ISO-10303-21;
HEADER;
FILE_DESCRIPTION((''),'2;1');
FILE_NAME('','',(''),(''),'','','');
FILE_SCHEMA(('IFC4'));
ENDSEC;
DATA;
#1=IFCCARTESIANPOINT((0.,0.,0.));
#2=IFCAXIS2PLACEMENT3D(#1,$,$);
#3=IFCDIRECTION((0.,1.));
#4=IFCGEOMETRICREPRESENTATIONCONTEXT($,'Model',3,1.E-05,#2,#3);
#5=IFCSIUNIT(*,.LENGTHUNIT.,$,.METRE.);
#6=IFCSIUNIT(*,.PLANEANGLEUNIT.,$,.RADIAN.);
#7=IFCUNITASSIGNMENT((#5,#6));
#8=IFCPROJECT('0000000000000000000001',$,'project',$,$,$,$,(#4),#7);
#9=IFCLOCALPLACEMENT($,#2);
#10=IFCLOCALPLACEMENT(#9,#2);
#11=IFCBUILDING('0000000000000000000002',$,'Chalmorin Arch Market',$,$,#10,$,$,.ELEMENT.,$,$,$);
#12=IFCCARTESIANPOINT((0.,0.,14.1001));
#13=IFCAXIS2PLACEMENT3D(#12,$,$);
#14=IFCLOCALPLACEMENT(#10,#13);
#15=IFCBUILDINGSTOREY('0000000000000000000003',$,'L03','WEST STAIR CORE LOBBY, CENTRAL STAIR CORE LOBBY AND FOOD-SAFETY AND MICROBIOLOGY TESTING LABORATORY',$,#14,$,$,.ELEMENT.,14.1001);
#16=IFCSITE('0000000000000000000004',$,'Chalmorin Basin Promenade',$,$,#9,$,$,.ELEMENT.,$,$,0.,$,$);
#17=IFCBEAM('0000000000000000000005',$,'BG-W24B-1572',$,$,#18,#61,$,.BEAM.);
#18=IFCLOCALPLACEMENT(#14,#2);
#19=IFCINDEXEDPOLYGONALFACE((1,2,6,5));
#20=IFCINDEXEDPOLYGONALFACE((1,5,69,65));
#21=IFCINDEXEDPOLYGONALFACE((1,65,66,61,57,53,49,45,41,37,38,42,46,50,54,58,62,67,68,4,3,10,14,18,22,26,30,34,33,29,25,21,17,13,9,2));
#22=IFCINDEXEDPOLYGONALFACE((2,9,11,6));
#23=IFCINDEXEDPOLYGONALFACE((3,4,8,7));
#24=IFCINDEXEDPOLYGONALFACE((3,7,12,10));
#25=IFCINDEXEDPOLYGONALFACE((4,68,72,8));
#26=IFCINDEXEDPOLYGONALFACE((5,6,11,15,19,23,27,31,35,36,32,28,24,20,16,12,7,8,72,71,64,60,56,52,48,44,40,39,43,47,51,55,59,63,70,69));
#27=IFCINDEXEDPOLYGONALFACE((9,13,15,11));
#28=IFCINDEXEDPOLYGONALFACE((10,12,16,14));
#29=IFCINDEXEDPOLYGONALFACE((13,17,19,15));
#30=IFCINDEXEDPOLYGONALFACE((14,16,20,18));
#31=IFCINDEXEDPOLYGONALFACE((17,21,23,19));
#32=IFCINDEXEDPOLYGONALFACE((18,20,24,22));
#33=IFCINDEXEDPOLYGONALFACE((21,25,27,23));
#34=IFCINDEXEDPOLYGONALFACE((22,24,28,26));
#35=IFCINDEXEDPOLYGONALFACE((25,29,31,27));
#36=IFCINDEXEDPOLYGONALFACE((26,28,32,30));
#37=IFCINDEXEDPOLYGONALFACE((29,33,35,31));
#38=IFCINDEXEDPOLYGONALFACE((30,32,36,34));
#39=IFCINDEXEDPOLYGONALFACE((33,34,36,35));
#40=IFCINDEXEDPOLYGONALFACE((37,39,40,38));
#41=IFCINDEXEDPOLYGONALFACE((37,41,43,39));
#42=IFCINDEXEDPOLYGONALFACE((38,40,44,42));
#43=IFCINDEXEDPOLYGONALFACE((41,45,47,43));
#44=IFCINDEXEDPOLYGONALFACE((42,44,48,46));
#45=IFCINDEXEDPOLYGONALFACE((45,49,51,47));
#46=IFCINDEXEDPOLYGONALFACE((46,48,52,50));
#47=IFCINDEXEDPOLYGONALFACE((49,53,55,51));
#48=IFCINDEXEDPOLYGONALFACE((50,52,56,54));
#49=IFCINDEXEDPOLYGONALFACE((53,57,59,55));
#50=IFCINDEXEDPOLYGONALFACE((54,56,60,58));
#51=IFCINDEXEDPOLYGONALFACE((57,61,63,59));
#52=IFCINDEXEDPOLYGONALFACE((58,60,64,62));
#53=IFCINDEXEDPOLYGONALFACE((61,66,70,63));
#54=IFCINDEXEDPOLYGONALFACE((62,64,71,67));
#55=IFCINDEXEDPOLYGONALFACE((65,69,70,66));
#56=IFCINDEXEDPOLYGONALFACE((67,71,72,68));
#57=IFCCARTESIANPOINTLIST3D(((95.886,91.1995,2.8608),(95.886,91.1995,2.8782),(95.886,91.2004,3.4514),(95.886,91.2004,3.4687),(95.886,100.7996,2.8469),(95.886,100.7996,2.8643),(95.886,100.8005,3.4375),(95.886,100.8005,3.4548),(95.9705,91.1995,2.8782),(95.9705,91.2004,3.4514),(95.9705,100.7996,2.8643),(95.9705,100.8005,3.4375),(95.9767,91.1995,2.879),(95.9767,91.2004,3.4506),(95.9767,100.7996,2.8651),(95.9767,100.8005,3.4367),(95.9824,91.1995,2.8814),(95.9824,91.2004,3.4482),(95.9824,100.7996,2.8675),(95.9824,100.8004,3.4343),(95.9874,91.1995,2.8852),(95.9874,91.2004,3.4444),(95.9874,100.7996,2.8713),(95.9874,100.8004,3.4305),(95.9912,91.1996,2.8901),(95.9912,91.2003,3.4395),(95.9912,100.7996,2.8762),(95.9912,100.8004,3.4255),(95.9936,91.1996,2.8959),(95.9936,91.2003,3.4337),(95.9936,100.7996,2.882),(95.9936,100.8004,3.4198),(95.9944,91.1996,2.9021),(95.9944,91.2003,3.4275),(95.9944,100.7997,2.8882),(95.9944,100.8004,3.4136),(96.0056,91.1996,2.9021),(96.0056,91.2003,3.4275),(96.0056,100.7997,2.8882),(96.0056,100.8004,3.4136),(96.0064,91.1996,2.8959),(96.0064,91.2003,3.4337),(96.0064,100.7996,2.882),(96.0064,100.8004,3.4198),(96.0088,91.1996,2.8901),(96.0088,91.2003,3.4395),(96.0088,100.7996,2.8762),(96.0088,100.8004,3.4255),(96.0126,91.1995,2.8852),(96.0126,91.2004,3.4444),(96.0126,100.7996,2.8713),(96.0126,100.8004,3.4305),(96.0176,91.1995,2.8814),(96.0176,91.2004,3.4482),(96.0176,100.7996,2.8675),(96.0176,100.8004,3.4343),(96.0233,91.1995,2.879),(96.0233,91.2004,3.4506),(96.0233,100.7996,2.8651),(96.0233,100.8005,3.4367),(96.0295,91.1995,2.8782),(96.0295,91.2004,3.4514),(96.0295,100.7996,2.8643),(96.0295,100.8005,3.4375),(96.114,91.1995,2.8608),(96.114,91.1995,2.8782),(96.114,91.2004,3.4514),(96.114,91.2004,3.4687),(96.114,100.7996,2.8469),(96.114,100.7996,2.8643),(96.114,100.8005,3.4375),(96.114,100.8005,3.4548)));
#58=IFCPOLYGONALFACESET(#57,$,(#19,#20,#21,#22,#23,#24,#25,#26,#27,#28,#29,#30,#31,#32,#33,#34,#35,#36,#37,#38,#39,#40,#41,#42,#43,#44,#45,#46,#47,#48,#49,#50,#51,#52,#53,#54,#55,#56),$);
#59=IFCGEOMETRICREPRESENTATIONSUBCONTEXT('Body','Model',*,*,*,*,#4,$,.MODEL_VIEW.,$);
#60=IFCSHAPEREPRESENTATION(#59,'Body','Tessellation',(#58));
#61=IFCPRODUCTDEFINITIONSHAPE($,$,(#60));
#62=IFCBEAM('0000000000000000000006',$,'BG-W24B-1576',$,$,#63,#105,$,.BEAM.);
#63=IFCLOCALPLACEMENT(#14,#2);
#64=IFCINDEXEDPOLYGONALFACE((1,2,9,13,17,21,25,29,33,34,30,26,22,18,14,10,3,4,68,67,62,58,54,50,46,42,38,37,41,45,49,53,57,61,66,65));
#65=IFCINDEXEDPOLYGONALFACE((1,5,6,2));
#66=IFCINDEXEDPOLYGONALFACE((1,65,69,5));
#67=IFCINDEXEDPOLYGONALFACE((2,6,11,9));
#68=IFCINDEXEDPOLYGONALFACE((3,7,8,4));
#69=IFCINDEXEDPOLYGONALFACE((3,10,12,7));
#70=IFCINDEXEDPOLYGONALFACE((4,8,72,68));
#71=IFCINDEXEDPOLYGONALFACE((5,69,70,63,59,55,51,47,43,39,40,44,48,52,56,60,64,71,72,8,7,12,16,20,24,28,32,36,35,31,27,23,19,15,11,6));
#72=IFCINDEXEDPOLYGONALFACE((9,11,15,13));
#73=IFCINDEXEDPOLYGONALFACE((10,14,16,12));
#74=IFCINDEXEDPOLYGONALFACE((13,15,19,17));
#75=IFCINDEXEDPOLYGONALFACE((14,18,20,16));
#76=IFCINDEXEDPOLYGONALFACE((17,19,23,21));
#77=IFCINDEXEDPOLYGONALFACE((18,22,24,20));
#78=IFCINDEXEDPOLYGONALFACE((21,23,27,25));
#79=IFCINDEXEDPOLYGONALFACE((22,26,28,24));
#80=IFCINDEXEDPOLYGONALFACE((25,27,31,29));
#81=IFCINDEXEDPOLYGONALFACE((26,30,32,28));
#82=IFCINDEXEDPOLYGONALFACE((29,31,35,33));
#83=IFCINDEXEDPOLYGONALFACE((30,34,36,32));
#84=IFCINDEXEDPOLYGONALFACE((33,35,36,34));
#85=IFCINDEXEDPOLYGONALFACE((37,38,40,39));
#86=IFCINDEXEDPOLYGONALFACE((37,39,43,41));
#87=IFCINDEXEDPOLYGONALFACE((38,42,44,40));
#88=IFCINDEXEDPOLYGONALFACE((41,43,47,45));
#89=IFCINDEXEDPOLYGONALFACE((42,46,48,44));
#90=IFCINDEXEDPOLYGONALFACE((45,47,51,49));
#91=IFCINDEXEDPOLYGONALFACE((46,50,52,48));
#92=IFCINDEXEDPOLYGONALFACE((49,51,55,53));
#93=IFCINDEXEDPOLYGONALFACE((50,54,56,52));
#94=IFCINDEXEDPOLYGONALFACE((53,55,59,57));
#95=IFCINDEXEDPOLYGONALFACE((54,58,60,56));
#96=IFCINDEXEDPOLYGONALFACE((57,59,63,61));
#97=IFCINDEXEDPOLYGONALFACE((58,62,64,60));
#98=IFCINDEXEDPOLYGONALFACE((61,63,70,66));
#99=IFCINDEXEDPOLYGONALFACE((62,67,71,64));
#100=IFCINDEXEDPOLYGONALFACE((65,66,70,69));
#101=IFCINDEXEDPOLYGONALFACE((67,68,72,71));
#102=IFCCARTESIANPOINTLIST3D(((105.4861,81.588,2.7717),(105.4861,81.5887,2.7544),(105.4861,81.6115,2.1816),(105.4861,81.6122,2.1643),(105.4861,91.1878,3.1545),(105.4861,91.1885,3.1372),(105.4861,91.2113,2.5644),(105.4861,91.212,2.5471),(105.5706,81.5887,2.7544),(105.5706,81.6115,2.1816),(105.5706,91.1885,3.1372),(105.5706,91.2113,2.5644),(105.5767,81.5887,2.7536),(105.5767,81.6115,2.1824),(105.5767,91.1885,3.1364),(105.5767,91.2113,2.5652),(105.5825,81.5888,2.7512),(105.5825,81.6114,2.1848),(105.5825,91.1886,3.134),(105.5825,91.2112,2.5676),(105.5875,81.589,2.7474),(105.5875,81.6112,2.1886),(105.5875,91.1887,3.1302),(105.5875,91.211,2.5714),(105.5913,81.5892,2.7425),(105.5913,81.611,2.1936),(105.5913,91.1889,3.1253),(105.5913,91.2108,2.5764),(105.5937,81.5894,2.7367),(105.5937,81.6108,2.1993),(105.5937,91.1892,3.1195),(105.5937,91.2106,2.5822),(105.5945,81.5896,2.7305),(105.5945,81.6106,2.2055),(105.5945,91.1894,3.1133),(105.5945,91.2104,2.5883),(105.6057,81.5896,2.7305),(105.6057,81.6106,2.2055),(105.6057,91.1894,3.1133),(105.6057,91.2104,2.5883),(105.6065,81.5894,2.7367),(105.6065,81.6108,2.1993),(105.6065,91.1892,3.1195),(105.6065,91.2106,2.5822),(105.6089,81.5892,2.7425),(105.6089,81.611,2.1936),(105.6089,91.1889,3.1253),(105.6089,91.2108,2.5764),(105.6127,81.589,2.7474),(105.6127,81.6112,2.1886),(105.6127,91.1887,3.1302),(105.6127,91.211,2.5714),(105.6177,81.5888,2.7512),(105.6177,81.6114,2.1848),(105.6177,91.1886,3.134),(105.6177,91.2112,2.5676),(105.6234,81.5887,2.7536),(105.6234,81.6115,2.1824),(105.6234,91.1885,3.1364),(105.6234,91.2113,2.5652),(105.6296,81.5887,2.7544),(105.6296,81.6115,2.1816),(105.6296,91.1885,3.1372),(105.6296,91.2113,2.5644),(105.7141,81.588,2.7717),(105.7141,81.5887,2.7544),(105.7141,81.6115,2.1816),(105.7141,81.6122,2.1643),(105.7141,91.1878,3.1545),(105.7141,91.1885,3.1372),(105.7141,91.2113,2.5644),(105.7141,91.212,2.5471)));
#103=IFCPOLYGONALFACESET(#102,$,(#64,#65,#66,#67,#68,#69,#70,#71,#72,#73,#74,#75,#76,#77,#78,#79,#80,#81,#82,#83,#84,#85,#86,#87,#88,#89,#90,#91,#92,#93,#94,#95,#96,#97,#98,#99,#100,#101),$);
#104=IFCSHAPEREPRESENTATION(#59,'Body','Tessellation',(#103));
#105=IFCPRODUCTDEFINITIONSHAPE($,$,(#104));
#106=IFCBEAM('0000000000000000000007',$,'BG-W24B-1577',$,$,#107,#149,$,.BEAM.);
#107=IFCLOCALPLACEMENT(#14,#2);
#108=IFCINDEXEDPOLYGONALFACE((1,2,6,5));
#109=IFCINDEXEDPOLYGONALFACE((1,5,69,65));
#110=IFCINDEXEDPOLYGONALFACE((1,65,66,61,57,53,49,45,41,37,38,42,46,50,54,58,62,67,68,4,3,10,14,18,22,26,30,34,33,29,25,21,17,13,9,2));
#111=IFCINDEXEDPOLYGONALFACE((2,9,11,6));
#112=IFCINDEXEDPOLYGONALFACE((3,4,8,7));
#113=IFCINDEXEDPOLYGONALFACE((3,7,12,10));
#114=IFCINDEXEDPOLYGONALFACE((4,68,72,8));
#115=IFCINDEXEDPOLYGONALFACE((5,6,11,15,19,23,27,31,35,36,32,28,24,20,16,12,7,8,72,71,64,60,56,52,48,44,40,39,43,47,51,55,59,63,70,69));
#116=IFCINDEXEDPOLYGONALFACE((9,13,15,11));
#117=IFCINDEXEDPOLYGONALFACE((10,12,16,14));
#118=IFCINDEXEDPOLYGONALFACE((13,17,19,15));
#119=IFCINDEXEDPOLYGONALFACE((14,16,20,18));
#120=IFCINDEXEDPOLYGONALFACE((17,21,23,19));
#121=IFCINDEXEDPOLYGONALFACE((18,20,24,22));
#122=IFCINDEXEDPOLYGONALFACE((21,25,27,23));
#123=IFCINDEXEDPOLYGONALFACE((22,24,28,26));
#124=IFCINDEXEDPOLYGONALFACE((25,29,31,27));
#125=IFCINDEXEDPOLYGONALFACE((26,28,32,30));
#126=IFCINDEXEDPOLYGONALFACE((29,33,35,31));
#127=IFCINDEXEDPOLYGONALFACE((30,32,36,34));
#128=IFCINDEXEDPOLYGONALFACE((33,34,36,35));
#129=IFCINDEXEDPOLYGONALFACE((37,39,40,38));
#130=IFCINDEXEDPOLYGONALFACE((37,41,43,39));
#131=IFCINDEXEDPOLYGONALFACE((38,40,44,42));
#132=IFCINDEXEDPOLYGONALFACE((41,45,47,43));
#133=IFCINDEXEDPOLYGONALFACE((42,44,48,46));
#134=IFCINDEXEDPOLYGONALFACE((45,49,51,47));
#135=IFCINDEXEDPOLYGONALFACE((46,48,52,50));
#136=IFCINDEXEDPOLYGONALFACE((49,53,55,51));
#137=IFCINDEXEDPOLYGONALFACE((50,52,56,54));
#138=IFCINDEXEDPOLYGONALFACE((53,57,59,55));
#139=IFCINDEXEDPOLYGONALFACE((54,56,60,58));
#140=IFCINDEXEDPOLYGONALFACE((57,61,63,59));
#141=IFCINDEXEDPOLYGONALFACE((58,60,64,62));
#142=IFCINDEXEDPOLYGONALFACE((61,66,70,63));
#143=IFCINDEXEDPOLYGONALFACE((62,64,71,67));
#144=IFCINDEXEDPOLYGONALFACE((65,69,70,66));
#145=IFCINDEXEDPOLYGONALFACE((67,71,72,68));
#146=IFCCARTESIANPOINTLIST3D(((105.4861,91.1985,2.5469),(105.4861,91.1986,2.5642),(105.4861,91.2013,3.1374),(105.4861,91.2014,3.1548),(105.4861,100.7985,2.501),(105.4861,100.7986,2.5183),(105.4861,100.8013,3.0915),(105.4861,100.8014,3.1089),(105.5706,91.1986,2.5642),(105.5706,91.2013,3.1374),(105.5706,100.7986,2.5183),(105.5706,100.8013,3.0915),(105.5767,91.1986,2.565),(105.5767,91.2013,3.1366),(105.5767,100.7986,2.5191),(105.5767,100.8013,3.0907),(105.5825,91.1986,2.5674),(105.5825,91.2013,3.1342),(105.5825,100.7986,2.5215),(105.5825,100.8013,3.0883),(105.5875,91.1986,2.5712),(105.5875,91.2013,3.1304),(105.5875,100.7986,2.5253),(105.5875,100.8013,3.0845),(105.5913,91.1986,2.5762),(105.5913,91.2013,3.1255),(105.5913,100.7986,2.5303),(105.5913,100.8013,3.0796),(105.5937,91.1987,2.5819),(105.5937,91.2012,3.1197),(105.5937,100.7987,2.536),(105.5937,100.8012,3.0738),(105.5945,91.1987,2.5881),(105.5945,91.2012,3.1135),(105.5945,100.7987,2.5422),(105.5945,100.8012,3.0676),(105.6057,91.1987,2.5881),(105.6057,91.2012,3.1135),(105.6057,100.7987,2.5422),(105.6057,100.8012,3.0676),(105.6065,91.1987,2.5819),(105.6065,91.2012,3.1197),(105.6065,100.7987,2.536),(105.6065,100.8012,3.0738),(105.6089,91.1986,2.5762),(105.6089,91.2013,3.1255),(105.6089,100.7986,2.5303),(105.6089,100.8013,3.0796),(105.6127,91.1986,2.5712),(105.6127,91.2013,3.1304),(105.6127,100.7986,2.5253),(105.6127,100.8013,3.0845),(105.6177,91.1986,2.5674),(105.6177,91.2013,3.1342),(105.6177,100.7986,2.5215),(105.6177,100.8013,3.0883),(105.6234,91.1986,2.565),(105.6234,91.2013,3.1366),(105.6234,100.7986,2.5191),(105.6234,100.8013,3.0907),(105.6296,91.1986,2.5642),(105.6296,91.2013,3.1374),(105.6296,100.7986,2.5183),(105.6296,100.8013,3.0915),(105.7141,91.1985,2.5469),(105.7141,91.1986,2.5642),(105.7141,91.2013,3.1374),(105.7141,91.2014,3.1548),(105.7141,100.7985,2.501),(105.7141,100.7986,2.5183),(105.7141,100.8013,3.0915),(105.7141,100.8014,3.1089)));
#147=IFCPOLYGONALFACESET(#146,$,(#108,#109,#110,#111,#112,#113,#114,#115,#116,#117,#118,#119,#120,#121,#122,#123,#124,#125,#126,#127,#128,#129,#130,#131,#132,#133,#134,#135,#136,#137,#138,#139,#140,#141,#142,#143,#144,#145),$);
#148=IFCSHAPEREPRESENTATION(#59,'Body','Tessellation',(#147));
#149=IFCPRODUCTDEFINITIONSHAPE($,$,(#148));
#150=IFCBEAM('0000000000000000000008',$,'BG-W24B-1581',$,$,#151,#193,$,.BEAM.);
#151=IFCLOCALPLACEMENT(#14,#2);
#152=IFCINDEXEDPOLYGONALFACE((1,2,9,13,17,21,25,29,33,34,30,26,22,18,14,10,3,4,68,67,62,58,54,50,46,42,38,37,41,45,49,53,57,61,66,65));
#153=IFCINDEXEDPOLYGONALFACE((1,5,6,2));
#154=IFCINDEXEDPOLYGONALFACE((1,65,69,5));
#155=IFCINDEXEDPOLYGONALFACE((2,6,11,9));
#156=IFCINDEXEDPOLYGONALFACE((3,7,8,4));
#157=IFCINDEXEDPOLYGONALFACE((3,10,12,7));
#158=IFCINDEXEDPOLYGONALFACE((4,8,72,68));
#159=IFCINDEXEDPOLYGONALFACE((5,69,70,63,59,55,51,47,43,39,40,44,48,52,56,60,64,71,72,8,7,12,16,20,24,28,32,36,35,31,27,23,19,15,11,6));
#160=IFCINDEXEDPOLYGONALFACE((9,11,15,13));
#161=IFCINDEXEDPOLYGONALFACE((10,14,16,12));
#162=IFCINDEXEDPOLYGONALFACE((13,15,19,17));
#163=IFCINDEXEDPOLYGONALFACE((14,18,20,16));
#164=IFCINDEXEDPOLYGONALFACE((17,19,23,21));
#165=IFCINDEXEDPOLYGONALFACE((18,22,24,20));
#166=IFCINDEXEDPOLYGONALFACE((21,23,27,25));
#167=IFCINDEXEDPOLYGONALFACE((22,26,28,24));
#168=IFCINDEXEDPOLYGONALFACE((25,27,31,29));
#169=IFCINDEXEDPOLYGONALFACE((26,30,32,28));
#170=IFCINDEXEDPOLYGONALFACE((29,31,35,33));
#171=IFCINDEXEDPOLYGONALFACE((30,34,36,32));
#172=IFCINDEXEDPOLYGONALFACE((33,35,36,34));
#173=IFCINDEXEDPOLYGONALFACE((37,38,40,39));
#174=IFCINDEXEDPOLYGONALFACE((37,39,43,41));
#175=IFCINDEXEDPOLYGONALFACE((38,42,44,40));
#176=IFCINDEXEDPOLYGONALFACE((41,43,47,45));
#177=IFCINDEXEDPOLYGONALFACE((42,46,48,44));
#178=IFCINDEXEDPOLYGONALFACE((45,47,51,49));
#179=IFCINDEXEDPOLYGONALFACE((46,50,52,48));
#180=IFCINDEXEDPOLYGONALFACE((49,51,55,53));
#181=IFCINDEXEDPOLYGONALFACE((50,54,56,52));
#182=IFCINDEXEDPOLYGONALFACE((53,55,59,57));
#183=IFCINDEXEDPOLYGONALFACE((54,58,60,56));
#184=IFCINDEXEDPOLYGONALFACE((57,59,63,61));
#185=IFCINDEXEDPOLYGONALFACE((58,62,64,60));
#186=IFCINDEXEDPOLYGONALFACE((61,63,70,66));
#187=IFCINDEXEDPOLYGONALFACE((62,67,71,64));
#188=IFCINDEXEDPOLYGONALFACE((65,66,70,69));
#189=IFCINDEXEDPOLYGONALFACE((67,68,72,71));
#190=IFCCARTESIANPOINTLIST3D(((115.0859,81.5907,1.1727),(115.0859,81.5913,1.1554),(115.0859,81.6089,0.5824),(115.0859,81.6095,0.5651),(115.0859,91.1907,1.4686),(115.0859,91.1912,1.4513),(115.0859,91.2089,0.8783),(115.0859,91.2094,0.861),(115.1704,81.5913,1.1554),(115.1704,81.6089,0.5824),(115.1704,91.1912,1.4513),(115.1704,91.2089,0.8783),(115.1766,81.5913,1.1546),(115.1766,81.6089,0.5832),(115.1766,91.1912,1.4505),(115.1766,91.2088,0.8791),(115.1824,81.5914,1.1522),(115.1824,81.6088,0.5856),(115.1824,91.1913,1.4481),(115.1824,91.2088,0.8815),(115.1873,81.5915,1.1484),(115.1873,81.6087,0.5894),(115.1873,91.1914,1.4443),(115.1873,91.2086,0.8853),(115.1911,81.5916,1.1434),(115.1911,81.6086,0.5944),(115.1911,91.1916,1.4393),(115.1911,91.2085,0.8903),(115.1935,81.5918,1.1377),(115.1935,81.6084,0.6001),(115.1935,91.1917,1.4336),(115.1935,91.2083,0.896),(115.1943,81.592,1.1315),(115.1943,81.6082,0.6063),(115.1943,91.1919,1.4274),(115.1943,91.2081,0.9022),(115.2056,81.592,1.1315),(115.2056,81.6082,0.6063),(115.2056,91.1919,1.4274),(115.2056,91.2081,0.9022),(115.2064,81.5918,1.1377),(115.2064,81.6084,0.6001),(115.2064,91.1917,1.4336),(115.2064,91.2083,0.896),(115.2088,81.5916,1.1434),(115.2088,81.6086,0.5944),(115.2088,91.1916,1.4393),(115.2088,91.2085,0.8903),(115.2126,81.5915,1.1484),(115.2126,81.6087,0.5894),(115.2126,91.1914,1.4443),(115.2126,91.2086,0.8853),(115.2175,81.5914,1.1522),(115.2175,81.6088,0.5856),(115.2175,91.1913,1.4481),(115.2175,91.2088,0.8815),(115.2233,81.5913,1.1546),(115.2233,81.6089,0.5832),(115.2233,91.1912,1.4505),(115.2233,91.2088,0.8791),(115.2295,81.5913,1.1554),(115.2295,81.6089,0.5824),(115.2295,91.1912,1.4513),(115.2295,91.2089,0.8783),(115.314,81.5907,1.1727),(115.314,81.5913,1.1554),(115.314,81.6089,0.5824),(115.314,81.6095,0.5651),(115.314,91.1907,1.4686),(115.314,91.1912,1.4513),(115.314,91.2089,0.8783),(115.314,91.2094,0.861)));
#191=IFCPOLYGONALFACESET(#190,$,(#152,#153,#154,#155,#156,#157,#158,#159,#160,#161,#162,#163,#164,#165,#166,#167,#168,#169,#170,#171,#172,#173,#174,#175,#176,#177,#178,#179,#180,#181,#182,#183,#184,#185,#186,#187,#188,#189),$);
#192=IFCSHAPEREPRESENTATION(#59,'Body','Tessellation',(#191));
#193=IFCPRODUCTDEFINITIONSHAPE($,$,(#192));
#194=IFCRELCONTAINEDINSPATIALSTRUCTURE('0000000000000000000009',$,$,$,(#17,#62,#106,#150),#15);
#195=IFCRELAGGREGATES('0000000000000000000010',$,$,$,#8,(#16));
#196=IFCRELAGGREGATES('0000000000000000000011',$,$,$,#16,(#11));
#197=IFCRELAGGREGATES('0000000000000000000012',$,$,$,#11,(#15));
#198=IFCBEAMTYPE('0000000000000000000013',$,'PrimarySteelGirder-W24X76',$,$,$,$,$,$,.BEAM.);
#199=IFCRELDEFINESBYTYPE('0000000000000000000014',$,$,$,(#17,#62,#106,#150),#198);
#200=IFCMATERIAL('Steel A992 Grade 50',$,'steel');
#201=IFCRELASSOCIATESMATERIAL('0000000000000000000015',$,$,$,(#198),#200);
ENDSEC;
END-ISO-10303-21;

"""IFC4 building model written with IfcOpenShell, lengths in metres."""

from ifc_helpers import new_model, si_unit, direction, frame, origin, origin_2d, place, context, subcontext, project, spatial, i_section, extrude, material, material_profile, profile_set, type_object, element, save


model = new_model("IFC4")

# Units and contexts
model_context = context("Model", 3, precision=1e-05, world=origin(), true_north=direction((0.0, 1.0)))
body_context = subcontext(model_context, "Body", "Model", "MODEL_VIEW")
ifc_project = project(units=[si_unit("LENGTHUNIT", "METRE"), si_unit("PLANEANGLEUNIT", "RADIAN")], contexts=[model_context])

# Site, building, storey
site_placement = place(None, origin())
site = spatial("IfcSite", under=ifc_project, at=site_placement, Name="Chalmorin Basin Promenade", CompositionType="ELEMENT", RefElevation=0.0)
building_placement = place(site_placement, origin())
building = spatial("IfcBuilding", under=site, at=building_placement, Name="Chalmorin Arch Market", CompositionType="ELEMENT")
storey_placement = place(building_placement, frame((0.0, 0.0, 14.1001)))
storey = spatial("IfcBuildingStorey", under=building, at=storey_placement, Name="L03", Description="WEST STAIR CORE LOBBY, CENTRAL STAIR CORE LOBBY AND FOOD-SAFETY AND MICROBIOLOGY TESTING LABORATORY", CompositionType="ELEMENT", Elevation=14.1001)

# Beams
ifc_material_1 = material(Name="Steel A992 Grade 50", Category="steel")
ifc_material_profile_1 = material_profile(ifc_material_1, i_section(OverallWidth=0.228, OverallDepth=0.6079, WebThickness=0.0112, FlangeThickness=0.0173, FilletRadius=0.0239, at=origin_2d()), Name="W24X76")
ifc_profile_set_1 = profile_set([ifc_material_profile_1], Name="Steel A992 Grade 50")
beam_type_1 = type_object("IfcBeamType", Name="PrimarySteelGirder-W24X76", PredefinedType="BEAM", material=ifc_profile_set_1)
beam_1_placement = place(storey_placement, frame((96.0, 91.2, 3.1648), z_axis=(0.0, 0.999999, -0.00145), x_axis=(-1.0, 0.0, 0.0)))
element("IfcBeam", 1, at=beam_1_placement, inside=storey, type_object=beam_type_1, Name="BG-W24B-1572", PredefinedType="BEAM", context=body_context, shape_type="SweptSolid", body=[
    extrude(i_section(OverallWidth=0.228, OverallDepth=0.6079, WebThickness=0.0112, FlangeThickness=0.0173, FilletRadius=0.0239, at=origin_2d()), origin(), (0.0, 0.0, 1.0), 9.6001),
])
beam_2_placement = place(storey_placement, frame((105.6001, 81.6001, 2.468), z_axis=(0.0, 0.999206, 0.039845), x_axis=(-1.0, 0.0, 0.0)))
element("IfcBeam", 2, at=beam_2_placement, inside=storey, type_object=beam_type_1, Name="BG-W24B-1576", PredefinedType="BEAM", context=body_context, shape_type="SweptSolid", body=[
    extrude(i_section(OverallWidth=0.228, OverallDepth=0.6079, WebThickness=0.0112, FlangeThickness=0.0173, FilletRadius=0.0239, at=origin_2d()), origin(), (0.0, 0.0, 1.0), 9.6074),
])
beam_3_placement = place(storey_placement, frame((105.6001, 91.2, 2.8508), z_axis=(0.0, 0.999989, -0.004781), x_axis=(-1.0, 0.0, 0.0)))
element("IfcBeam", 3, at=beam_3_placement, inside=storey, type_object=beam_type_1, Name="BG-W24B-1577", PredefinedType="BEAM", context=body_context, shape_type="SweptSolid", body=[
    extrude(i_section(OverallWidth=0.228, OverallDepth=0.6079, WebThickness=0.0112, FlangeThickness=0.0173, FilletRadius=0.0239, at=origin_2d()), origin(), (0.0, 0.0, 1.0), 9.6001),
])
beam_4_placement = place(storey_placement, frame((115.2, 81.6001, 0.8689), z_axis=(0.0, 0.999525, 0.030809), x_axis=(-1.0, 0.0, 0.0)))
element("IfcBeam", 4, at=beam_4_placement, inside=storey, type_object=beam_type_1, Name="BG-W24B-1581", PredefinedType="BEAM", context=body_context, shape_type="SweptSolid", body=[
    extrude(i_section(OverallWidth=0.228, OverallDepth=0.6079, WebThickness=0.0112, FlangeThickness=0.0173, FilletRadius=0.0239, at=origin_2d()), origin(), (0.0, 0.0, 1.0), 9.6045),
])

save(model, "model.ifc")
